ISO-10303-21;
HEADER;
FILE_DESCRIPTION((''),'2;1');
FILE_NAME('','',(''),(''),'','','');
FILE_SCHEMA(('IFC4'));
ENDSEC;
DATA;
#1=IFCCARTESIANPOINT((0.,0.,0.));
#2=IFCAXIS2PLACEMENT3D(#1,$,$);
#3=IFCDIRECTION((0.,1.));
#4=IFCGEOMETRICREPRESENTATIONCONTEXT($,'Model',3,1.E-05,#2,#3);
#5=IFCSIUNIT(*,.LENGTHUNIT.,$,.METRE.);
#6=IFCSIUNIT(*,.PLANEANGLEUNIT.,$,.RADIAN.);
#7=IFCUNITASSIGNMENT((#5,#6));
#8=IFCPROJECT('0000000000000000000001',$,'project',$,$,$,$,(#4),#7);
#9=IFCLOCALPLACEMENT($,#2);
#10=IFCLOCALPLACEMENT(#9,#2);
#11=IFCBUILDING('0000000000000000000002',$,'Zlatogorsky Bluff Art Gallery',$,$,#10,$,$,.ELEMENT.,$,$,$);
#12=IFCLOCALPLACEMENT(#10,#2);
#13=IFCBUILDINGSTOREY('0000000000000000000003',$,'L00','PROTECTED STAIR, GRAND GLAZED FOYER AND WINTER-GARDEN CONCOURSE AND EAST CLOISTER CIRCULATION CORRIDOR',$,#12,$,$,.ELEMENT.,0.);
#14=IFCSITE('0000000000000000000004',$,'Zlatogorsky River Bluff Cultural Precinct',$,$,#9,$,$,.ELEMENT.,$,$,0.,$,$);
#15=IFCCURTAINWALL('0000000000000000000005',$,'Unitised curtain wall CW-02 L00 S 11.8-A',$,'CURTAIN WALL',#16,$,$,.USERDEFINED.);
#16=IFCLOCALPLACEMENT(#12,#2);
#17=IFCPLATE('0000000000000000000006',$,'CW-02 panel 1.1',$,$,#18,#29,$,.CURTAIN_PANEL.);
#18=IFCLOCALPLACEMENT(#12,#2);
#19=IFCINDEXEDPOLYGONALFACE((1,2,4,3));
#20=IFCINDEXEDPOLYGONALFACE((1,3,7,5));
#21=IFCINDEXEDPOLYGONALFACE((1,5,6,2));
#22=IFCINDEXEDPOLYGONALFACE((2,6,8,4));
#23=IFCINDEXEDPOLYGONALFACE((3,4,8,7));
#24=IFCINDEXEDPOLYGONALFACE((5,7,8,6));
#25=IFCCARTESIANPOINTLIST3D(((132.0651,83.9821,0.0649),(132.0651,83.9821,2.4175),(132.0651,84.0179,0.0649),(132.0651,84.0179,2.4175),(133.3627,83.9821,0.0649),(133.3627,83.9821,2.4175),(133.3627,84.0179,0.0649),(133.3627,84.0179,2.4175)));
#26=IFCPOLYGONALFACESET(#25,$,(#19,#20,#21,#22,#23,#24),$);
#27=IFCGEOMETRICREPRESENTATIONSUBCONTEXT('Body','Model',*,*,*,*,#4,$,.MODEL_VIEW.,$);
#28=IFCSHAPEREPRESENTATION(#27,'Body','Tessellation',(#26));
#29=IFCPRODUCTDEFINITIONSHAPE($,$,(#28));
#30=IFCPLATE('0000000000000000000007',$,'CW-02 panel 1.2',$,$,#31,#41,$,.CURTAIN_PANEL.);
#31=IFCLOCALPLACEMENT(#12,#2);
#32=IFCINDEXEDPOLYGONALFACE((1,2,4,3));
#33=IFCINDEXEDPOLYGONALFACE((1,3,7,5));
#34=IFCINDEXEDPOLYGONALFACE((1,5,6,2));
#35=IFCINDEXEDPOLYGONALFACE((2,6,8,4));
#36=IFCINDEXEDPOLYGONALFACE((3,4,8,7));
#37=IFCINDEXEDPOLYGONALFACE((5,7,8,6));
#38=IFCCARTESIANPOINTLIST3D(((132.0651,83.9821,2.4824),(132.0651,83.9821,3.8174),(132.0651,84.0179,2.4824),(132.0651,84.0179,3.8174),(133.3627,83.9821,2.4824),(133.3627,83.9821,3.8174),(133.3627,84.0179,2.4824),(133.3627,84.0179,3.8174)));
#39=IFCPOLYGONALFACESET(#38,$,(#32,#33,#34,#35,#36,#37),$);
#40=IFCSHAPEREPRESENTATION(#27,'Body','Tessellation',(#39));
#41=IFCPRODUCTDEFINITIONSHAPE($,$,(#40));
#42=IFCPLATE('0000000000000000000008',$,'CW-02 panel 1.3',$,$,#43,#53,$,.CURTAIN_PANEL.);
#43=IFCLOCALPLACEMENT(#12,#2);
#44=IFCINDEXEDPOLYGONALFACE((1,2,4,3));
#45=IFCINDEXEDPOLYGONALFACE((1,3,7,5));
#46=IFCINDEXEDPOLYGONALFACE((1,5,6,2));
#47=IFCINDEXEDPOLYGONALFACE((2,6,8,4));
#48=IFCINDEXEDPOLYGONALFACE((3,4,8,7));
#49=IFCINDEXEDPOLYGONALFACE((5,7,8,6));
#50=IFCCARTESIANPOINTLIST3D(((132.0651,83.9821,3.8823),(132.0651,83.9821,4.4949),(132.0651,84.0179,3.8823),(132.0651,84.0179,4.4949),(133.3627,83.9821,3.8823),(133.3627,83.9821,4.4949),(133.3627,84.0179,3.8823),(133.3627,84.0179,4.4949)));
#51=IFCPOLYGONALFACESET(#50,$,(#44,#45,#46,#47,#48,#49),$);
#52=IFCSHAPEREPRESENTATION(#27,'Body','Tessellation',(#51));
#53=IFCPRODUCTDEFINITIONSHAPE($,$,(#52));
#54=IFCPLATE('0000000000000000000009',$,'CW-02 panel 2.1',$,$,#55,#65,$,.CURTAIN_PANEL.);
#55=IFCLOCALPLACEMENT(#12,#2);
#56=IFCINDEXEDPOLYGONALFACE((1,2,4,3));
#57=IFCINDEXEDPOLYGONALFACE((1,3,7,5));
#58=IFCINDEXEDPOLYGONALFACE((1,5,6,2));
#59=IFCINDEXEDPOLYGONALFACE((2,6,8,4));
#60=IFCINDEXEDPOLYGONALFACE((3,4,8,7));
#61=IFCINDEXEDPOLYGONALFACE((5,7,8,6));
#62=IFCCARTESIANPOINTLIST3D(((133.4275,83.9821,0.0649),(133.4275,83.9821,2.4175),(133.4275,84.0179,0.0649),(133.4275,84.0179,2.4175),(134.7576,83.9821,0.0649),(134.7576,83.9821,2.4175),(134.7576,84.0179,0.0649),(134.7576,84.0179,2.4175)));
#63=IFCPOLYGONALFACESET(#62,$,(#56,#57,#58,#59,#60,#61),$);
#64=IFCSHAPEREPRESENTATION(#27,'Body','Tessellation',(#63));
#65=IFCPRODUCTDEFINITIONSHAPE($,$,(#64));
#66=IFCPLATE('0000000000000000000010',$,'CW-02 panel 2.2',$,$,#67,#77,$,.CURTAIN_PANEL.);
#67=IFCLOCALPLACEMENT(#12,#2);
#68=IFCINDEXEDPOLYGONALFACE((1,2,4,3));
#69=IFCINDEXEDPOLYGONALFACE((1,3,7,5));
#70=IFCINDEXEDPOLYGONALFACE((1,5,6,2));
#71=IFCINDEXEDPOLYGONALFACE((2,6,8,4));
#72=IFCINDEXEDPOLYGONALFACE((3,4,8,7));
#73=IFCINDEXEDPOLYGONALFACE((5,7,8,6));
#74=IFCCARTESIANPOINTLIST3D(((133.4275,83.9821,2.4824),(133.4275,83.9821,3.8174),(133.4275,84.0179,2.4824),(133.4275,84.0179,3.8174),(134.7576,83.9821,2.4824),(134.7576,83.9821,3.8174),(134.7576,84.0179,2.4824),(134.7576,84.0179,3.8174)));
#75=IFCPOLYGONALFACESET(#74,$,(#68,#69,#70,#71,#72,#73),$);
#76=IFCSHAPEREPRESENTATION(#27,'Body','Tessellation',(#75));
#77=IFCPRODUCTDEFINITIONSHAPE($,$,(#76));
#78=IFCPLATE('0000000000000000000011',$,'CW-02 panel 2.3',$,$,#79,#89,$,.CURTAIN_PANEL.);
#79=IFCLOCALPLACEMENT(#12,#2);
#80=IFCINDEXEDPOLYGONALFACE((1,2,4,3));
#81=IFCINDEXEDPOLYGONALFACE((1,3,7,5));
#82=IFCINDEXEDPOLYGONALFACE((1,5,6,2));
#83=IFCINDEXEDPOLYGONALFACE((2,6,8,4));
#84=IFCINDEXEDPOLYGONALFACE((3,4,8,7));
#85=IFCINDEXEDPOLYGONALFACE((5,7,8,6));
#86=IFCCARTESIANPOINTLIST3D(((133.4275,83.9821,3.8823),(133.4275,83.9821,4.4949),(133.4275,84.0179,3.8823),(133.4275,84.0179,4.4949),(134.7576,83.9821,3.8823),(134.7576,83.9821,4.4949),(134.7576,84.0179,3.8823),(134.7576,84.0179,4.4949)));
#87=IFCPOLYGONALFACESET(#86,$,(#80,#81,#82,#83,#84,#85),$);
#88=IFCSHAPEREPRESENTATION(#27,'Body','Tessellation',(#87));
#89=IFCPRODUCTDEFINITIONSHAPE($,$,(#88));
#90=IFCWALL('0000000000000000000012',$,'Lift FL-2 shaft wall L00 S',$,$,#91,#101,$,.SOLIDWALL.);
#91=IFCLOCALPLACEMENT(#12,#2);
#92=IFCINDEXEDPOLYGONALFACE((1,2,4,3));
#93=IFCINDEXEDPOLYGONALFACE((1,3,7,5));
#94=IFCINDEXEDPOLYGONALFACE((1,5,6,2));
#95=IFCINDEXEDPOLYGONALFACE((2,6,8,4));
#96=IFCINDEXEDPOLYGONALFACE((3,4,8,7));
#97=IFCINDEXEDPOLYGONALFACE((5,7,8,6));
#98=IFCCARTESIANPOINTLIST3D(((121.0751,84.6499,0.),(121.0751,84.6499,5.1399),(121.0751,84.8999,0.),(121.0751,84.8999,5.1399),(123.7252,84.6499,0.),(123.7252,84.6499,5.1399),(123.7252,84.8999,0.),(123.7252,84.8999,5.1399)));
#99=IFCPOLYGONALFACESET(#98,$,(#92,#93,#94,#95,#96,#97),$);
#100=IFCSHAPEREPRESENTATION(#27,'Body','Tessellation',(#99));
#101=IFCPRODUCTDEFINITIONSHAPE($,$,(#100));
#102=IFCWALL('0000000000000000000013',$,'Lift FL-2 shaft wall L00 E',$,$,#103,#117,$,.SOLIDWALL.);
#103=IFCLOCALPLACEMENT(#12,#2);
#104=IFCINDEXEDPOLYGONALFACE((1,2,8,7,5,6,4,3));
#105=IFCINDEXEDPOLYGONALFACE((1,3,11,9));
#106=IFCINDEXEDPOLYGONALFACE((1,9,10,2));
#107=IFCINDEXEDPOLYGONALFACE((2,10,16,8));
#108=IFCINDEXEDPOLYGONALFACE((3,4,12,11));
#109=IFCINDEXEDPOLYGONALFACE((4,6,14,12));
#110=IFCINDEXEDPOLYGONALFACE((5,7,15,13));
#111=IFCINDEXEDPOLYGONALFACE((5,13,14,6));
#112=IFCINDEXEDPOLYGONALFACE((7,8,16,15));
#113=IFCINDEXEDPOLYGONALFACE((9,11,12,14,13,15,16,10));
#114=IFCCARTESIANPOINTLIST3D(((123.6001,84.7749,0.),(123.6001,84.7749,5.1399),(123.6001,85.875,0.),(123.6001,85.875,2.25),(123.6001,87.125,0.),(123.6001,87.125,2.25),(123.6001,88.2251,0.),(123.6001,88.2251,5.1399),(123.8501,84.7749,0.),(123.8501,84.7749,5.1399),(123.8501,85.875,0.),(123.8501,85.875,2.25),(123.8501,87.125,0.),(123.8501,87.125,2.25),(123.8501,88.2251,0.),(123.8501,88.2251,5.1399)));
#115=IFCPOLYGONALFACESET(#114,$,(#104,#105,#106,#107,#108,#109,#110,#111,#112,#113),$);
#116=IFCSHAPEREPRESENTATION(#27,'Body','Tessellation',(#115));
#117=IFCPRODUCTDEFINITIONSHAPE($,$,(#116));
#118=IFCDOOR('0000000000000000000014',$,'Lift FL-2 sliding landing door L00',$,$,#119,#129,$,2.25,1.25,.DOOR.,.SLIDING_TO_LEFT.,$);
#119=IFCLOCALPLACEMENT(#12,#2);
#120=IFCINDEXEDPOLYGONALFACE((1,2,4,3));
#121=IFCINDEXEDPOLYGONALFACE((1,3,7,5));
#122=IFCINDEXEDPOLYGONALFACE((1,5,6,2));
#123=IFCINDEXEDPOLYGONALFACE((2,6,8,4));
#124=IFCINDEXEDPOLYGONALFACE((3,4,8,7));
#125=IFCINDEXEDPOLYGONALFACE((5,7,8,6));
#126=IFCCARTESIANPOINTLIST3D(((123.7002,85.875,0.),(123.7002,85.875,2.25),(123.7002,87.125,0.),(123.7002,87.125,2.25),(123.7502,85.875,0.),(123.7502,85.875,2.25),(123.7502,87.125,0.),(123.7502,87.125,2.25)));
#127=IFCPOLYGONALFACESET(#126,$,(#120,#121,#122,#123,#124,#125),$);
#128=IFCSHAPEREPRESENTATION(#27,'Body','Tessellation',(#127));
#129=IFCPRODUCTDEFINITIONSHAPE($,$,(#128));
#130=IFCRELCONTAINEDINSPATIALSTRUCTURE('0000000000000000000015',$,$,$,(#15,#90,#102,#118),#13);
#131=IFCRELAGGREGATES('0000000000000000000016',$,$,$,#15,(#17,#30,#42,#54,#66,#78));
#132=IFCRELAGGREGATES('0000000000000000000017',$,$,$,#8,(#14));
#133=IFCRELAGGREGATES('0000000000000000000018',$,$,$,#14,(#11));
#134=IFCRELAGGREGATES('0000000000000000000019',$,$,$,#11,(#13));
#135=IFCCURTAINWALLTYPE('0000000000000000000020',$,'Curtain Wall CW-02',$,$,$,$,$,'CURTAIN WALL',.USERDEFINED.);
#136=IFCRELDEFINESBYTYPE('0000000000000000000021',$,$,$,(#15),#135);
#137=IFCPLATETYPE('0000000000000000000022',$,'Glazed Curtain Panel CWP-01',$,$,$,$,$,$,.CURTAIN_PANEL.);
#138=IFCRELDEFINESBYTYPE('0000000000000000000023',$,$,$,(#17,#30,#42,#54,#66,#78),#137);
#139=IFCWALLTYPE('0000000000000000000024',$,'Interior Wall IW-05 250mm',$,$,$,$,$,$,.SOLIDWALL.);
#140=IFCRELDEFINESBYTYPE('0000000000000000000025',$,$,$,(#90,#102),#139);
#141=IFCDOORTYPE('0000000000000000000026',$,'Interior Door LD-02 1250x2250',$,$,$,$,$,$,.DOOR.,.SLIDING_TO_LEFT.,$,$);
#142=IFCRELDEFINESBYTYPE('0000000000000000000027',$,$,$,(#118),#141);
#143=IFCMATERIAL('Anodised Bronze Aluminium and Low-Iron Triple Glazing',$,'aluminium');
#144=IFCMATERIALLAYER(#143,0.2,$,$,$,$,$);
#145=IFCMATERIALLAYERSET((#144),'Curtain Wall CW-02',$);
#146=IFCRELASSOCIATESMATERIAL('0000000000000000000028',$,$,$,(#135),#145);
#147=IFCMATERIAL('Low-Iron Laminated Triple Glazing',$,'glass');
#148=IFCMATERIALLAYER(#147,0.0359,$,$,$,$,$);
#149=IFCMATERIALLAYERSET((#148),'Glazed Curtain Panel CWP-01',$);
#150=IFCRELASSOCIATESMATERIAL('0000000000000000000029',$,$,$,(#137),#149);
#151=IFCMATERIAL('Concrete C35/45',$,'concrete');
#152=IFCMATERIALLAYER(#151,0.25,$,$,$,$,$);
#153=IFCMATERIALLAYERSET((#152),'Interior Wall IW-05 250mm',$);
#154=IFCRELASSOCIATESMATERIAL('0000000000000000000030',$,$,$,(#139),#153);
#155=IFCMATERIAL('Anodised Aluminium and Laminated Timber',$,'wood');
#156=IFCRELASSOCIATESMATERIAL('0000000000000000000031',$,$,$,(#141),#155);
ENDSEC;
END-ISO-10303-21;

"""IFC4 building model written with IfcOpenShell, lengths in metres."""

from ifc_helpers import new_model, si_unit, direction, frame, frame_2d, origin, origin_2d, place, context, subcontext, project, spatial, rectangle, extrude, material, layer, layer_set, type_object, element, fill, aggregate, save


model = new_model("IFC4")

# Units and contexts
model_context = context("Model", 3, precision=1e-05, world=origin(), true_north=direction((0.0, 1.0)))
body_context = subcontext(model_context, "Body", "Model", "MODEL_VIEW")
ifc_project = project(units=[si_unit("LENGTHUNIT", "METRE"), si_unit("PLANEANGLEUNIT", "RADIAN")], contexts=[model_context])

# Site, building, storey
site_placement = place(None, origin())
site = spatial("IfcSite", under=ifc_project, at=site_placement, Name="Zlatogorsky River Bluff Cultural Precinct", CompositionType="ELEMENT", RefElevation=0.0)
building_placement = place(site_placement, origin())
building = spatial("IfcBuilding", under=site, at=building_placement, Name="Zlatogorsky Bluff Art Gallery", CompositionType="ELEMENT")
storey_placement = place(building_placement, origin())
storey = spatial("IfcBuildingStorey", under=building, at=storey_placement, Name="L00", Description="PROTECTED STAIR, GRAND GLAZED FOYER AND WINTER-GARDEN CONCOURSE AND EAST CLOISTER CIRCULATION CORRIDOR", CompositionType="ELEMENT", Elevation=0.0)

# Curtain wall, plates
ifc_material_1 = material(Name="Anodised Bronze Aluminium and Low-Iron Triple Glazing", Category="aluminium")
ifc_layer_1 = layer(ifc_material_1, 0.2)
ifc_layer_set_1 = layer_set([ifc_layer_1], Name="Curtain Wall CW-02")
curtain_wall_type = type_object("IfcCurtainWallType", Name="Curtain Wall CW-02", ElementType="CURTAIN WALL", PredefinedType="USERDEFINED", material=ifc_layer_set_1)
curtain_wall_placement = place(storey_placement, origin())
curtain_wall = element("IfcCurtainWall", 1, at=curtain_wall_placement, inside=storey, type_object=curtain_wall_type, Name="Unitised curtain wall CW-02 L00 S 11.8-A", ObjectType="CURTAIN WALL", PredefinedType="USERDEFINED")
ifc_material_2 = material(Name="Low-Iron Laminated Triple Glazing", Category="glass")
ifc_layer_2 = layer(ifc_material_2, 0.0359)
ifc_layer_set_2 = layer_set([ifc_layer_2], Name="Glazed Curtain Panel CWP-01")
plate_type = type_object("IfcPlateType", Name="Glazed Curtain Panel CWP-01", PredefinedType="CURTAIN_PANEL", material=ifc_layer_set_2)
plate_1_placement = place(storey_placement, frame((132.7139, 84.0, 0.0649), z_axis=(0.0, 0.0, 1.0), x_axis=(1.0, 0.0, 0.0)))
plate_1 = element("IfcPlate", 2, at=plate_1_placement, type_object=plate_type, Name="CW-02 panel 1.1", PredefinedType="CURTAIN_PANEL", context=body_context, shape_type="SweptSolid", body=[
    extrude(rectangle(XDim=1.2976, YDim=0.0359, at=origin_2d()), origin(), (0.0, 0.0, 1.0), 2.3525),
])
plate_2_placement = place(storey_placement, frame((132.7139, 84.0, 2.4824), z_axis=(0.0, 0.0, 1.0), x_axis=(1.0, 0.0, 0.0)))
plate_2 = element("IfcPlate", 3, at=plate_2_placement, type_object=plate_type, Name="CW-02 panel 1.2", PredefinedType="CURTAIN_PANEL", context=body_context, shape_type="SweptSolid", body=[
    extrude(rectangle(XDim=1.2976, YDim=0.0359, at=origin_2d()), origin(), (0.0, 0.0, 1.0), 1.335),
])
plate_3_placement = place(storey_placement, frame((132.7139, 84.0, 3.8823), z_axis=(0.0, 0.0, 1.0), x_axis=(1.0, 0.0, 0.0)))
plate_3 = element("IfcPlate", 4, at=plate_3_placement, type_object=plate_type, Name="CW-02 panel 1.3", PredefinedType="CURTAIN_PANEL", context=body_context, shape_type="SweptSolid", body=[
    extrude(rectangle(XDim=1.2976, YDim=0.0359, at=origin_2d()), origin(), (0.0, 0.0, 1.0), 0.6125),
])
plate_4_placement = place(storey_placement, frame((134.0925, 84.0, 0.0649), z_axis=(0.0, 0.0, 1.0), x_axis=(1.0, 0.0, 0.0)))
plate_4 = element("IfcPlate", 5, at=plate_4_placement, type_object=plate_type, Name="CW-02 panel 2.1", PredefinedType="CURTAIN_PANEL", context=body_context, shape_type="SweptSolid", body=[
    extrude(rectangle(XDim=1.3301, YDim=0.0359, at=origin_2d()), origin(), (0.0, 0.0, 1.0), 2.3525),
])
plate_5_placement = place(storey_placement, frame((134.0925, 84.0, 2.4824), z_axis=(0.0, 0.0, 1.0), x_axis=(1.0, 0.0, 0.0)))
plate_5 = element("IfcPlate", 6, at=plate_5_placement, type_object=plate_type, Name="CW-02 panel 2.2", PredefinedType="CURTAIN_PANEL", context=body_context, shape_type="SweptSolid", body=[
    extrude(rectangle(XDim=1.3301, YDim=0.0359, at=origin_2d()), origin(), (0.0, 0.0, 1.0), 1.335),
])
plate_6_placement = place(storey_placement, frame((134.0925, 84.0, 3.8823), z_axis=(0.0, 0.0, 1.0), x_axis=(1.0, 0.0, 0.0)))
plate_6 = element("IfcPlate", 7, at=plate_6_placement, type_object=plate_type, Name="CW-02 panel 2.3", PredefinedType="CURTAIN_PANEL", context=body_context, shape_type="SweptSolid", body=[
    extrude(rectangle(XDim=1.3301, YDim=0.0359, at=origin_2d()), origin(), (0.0, 0.0, 1.0), 0.6125),
])
aggregate(curtain_wall, [plate_1, plate_2, plate_3, plate_4, plate_5, plate_6])

# Wall
ifc_material_3 = material(Name="Concrete C35/45", Category="concrete")
ifc_layer_3 = layer(ifc_material_3, 0.25)
ifc_layer_set_3 = layer_set([ifc_layer_3], Name="Interior Wall IW-05 250mm")
wall_type = type_object("IfcWallType", Name="Interior Wall IW-05 250mm", PredefinedType="SOLIDWALL", material=ifc_layer_set_3)
wall_1_placement = place(storey_placement, frame((121.075, 84.7749, 0.0), z_axis=(0.0, 0.0, 1.0), x_axis=(1.0, 0.0, 0.0)))
element("IfcWall", 8, at=wall_1_placement, inside=storey, type_object=wall_type, Name="Lift FL-2 shaft wall L00 S", PredefinedType="SOLIDWALL", context=body_context, shape_type="SweptSolid", body=[
    extrude(rectangle(XDim=2.6501, YDim=0.25, at=frame_2d((1.3252, 0.0))), origin(), (0.0, 0.0, 1.0), 5.1399),
])

# Wall, opening, door
wall_2_placement = place(storey_placement, frame((123.7251, 84.7749, 0.0), z_axis=(0.0, 0.0, 1.0), x_axis=(0.0, 1.0, 0.0)))
wall_2 = element("IfcWall", 9, at=wall_2_placement, inside=storey, type_object=wall_type, Name="Lift FL-2 shaft wall L00 E", PredefinedType="SOLIDWALL", context=body_context, shape_type="SweptSolid", body=[
    extrude(rectangle(XDim=3.4502, YDim=0.25, at=frame_2d((1.7251, 0.0))), origin(), (0.0, 0.0, 1.0), 5.1399),
])
opening_placement = place(wall_2_placement, frame((1.1001, 0.0, 0.0)))
opening = element("IfcOpeningElement", 10, at=opening_placement, cuts=wall_2, PredefinedType="OPENING", context=body_context, shape_type="SweptSolid", body=[
    extrude(rectangle(XDim=1.25, YDim=2.25, at=frame_2d((0.625, 1.125))), frame((0.0, 0.135, 0.0), z_axis=(0.0, -1.0, 0.0), x_axis=(1.0, 0.0, 0.0)), (0.0, 0.0, 1.0), 0.27),
])
ifc_material_4 = material(Name="Anodised Aluminium and Laminated Timber", Category="wood")
door_type = type_object("IfcDoorType", Name="Interior Door LD-02 1250x2250", OperationType="SLIDING_TO_LEFT", PredefinedType="DOOR", material=ifc_material_4)
door_placement = place(opening_placement, origin())
door = element("IfcDoor", 11, at=door_placement, inside=storey, type_object=door_type, Name="Lift FL-2 sliding landing door L00", OperationType="SLIDING_TO_LEFT", OverallHeight=2.25, OverallWidth=1.25, PredefinedType="DOOR", context=body_context, shape_type="SweptSolid", body=[
    extrude(rectangle(XDim=1.25, YDim=2.25, at=frame_2d((0.625, 1.125))), frame((0.0, 0.0249, 0.0), z_axis=(0.0, -1.0, 0.0), x_axis=(1.0, 0.0, 0.0)), (0.0, 0.0, 1.0), 0.05),
])
fill(opening, door)

save(model, "model.ifc")
